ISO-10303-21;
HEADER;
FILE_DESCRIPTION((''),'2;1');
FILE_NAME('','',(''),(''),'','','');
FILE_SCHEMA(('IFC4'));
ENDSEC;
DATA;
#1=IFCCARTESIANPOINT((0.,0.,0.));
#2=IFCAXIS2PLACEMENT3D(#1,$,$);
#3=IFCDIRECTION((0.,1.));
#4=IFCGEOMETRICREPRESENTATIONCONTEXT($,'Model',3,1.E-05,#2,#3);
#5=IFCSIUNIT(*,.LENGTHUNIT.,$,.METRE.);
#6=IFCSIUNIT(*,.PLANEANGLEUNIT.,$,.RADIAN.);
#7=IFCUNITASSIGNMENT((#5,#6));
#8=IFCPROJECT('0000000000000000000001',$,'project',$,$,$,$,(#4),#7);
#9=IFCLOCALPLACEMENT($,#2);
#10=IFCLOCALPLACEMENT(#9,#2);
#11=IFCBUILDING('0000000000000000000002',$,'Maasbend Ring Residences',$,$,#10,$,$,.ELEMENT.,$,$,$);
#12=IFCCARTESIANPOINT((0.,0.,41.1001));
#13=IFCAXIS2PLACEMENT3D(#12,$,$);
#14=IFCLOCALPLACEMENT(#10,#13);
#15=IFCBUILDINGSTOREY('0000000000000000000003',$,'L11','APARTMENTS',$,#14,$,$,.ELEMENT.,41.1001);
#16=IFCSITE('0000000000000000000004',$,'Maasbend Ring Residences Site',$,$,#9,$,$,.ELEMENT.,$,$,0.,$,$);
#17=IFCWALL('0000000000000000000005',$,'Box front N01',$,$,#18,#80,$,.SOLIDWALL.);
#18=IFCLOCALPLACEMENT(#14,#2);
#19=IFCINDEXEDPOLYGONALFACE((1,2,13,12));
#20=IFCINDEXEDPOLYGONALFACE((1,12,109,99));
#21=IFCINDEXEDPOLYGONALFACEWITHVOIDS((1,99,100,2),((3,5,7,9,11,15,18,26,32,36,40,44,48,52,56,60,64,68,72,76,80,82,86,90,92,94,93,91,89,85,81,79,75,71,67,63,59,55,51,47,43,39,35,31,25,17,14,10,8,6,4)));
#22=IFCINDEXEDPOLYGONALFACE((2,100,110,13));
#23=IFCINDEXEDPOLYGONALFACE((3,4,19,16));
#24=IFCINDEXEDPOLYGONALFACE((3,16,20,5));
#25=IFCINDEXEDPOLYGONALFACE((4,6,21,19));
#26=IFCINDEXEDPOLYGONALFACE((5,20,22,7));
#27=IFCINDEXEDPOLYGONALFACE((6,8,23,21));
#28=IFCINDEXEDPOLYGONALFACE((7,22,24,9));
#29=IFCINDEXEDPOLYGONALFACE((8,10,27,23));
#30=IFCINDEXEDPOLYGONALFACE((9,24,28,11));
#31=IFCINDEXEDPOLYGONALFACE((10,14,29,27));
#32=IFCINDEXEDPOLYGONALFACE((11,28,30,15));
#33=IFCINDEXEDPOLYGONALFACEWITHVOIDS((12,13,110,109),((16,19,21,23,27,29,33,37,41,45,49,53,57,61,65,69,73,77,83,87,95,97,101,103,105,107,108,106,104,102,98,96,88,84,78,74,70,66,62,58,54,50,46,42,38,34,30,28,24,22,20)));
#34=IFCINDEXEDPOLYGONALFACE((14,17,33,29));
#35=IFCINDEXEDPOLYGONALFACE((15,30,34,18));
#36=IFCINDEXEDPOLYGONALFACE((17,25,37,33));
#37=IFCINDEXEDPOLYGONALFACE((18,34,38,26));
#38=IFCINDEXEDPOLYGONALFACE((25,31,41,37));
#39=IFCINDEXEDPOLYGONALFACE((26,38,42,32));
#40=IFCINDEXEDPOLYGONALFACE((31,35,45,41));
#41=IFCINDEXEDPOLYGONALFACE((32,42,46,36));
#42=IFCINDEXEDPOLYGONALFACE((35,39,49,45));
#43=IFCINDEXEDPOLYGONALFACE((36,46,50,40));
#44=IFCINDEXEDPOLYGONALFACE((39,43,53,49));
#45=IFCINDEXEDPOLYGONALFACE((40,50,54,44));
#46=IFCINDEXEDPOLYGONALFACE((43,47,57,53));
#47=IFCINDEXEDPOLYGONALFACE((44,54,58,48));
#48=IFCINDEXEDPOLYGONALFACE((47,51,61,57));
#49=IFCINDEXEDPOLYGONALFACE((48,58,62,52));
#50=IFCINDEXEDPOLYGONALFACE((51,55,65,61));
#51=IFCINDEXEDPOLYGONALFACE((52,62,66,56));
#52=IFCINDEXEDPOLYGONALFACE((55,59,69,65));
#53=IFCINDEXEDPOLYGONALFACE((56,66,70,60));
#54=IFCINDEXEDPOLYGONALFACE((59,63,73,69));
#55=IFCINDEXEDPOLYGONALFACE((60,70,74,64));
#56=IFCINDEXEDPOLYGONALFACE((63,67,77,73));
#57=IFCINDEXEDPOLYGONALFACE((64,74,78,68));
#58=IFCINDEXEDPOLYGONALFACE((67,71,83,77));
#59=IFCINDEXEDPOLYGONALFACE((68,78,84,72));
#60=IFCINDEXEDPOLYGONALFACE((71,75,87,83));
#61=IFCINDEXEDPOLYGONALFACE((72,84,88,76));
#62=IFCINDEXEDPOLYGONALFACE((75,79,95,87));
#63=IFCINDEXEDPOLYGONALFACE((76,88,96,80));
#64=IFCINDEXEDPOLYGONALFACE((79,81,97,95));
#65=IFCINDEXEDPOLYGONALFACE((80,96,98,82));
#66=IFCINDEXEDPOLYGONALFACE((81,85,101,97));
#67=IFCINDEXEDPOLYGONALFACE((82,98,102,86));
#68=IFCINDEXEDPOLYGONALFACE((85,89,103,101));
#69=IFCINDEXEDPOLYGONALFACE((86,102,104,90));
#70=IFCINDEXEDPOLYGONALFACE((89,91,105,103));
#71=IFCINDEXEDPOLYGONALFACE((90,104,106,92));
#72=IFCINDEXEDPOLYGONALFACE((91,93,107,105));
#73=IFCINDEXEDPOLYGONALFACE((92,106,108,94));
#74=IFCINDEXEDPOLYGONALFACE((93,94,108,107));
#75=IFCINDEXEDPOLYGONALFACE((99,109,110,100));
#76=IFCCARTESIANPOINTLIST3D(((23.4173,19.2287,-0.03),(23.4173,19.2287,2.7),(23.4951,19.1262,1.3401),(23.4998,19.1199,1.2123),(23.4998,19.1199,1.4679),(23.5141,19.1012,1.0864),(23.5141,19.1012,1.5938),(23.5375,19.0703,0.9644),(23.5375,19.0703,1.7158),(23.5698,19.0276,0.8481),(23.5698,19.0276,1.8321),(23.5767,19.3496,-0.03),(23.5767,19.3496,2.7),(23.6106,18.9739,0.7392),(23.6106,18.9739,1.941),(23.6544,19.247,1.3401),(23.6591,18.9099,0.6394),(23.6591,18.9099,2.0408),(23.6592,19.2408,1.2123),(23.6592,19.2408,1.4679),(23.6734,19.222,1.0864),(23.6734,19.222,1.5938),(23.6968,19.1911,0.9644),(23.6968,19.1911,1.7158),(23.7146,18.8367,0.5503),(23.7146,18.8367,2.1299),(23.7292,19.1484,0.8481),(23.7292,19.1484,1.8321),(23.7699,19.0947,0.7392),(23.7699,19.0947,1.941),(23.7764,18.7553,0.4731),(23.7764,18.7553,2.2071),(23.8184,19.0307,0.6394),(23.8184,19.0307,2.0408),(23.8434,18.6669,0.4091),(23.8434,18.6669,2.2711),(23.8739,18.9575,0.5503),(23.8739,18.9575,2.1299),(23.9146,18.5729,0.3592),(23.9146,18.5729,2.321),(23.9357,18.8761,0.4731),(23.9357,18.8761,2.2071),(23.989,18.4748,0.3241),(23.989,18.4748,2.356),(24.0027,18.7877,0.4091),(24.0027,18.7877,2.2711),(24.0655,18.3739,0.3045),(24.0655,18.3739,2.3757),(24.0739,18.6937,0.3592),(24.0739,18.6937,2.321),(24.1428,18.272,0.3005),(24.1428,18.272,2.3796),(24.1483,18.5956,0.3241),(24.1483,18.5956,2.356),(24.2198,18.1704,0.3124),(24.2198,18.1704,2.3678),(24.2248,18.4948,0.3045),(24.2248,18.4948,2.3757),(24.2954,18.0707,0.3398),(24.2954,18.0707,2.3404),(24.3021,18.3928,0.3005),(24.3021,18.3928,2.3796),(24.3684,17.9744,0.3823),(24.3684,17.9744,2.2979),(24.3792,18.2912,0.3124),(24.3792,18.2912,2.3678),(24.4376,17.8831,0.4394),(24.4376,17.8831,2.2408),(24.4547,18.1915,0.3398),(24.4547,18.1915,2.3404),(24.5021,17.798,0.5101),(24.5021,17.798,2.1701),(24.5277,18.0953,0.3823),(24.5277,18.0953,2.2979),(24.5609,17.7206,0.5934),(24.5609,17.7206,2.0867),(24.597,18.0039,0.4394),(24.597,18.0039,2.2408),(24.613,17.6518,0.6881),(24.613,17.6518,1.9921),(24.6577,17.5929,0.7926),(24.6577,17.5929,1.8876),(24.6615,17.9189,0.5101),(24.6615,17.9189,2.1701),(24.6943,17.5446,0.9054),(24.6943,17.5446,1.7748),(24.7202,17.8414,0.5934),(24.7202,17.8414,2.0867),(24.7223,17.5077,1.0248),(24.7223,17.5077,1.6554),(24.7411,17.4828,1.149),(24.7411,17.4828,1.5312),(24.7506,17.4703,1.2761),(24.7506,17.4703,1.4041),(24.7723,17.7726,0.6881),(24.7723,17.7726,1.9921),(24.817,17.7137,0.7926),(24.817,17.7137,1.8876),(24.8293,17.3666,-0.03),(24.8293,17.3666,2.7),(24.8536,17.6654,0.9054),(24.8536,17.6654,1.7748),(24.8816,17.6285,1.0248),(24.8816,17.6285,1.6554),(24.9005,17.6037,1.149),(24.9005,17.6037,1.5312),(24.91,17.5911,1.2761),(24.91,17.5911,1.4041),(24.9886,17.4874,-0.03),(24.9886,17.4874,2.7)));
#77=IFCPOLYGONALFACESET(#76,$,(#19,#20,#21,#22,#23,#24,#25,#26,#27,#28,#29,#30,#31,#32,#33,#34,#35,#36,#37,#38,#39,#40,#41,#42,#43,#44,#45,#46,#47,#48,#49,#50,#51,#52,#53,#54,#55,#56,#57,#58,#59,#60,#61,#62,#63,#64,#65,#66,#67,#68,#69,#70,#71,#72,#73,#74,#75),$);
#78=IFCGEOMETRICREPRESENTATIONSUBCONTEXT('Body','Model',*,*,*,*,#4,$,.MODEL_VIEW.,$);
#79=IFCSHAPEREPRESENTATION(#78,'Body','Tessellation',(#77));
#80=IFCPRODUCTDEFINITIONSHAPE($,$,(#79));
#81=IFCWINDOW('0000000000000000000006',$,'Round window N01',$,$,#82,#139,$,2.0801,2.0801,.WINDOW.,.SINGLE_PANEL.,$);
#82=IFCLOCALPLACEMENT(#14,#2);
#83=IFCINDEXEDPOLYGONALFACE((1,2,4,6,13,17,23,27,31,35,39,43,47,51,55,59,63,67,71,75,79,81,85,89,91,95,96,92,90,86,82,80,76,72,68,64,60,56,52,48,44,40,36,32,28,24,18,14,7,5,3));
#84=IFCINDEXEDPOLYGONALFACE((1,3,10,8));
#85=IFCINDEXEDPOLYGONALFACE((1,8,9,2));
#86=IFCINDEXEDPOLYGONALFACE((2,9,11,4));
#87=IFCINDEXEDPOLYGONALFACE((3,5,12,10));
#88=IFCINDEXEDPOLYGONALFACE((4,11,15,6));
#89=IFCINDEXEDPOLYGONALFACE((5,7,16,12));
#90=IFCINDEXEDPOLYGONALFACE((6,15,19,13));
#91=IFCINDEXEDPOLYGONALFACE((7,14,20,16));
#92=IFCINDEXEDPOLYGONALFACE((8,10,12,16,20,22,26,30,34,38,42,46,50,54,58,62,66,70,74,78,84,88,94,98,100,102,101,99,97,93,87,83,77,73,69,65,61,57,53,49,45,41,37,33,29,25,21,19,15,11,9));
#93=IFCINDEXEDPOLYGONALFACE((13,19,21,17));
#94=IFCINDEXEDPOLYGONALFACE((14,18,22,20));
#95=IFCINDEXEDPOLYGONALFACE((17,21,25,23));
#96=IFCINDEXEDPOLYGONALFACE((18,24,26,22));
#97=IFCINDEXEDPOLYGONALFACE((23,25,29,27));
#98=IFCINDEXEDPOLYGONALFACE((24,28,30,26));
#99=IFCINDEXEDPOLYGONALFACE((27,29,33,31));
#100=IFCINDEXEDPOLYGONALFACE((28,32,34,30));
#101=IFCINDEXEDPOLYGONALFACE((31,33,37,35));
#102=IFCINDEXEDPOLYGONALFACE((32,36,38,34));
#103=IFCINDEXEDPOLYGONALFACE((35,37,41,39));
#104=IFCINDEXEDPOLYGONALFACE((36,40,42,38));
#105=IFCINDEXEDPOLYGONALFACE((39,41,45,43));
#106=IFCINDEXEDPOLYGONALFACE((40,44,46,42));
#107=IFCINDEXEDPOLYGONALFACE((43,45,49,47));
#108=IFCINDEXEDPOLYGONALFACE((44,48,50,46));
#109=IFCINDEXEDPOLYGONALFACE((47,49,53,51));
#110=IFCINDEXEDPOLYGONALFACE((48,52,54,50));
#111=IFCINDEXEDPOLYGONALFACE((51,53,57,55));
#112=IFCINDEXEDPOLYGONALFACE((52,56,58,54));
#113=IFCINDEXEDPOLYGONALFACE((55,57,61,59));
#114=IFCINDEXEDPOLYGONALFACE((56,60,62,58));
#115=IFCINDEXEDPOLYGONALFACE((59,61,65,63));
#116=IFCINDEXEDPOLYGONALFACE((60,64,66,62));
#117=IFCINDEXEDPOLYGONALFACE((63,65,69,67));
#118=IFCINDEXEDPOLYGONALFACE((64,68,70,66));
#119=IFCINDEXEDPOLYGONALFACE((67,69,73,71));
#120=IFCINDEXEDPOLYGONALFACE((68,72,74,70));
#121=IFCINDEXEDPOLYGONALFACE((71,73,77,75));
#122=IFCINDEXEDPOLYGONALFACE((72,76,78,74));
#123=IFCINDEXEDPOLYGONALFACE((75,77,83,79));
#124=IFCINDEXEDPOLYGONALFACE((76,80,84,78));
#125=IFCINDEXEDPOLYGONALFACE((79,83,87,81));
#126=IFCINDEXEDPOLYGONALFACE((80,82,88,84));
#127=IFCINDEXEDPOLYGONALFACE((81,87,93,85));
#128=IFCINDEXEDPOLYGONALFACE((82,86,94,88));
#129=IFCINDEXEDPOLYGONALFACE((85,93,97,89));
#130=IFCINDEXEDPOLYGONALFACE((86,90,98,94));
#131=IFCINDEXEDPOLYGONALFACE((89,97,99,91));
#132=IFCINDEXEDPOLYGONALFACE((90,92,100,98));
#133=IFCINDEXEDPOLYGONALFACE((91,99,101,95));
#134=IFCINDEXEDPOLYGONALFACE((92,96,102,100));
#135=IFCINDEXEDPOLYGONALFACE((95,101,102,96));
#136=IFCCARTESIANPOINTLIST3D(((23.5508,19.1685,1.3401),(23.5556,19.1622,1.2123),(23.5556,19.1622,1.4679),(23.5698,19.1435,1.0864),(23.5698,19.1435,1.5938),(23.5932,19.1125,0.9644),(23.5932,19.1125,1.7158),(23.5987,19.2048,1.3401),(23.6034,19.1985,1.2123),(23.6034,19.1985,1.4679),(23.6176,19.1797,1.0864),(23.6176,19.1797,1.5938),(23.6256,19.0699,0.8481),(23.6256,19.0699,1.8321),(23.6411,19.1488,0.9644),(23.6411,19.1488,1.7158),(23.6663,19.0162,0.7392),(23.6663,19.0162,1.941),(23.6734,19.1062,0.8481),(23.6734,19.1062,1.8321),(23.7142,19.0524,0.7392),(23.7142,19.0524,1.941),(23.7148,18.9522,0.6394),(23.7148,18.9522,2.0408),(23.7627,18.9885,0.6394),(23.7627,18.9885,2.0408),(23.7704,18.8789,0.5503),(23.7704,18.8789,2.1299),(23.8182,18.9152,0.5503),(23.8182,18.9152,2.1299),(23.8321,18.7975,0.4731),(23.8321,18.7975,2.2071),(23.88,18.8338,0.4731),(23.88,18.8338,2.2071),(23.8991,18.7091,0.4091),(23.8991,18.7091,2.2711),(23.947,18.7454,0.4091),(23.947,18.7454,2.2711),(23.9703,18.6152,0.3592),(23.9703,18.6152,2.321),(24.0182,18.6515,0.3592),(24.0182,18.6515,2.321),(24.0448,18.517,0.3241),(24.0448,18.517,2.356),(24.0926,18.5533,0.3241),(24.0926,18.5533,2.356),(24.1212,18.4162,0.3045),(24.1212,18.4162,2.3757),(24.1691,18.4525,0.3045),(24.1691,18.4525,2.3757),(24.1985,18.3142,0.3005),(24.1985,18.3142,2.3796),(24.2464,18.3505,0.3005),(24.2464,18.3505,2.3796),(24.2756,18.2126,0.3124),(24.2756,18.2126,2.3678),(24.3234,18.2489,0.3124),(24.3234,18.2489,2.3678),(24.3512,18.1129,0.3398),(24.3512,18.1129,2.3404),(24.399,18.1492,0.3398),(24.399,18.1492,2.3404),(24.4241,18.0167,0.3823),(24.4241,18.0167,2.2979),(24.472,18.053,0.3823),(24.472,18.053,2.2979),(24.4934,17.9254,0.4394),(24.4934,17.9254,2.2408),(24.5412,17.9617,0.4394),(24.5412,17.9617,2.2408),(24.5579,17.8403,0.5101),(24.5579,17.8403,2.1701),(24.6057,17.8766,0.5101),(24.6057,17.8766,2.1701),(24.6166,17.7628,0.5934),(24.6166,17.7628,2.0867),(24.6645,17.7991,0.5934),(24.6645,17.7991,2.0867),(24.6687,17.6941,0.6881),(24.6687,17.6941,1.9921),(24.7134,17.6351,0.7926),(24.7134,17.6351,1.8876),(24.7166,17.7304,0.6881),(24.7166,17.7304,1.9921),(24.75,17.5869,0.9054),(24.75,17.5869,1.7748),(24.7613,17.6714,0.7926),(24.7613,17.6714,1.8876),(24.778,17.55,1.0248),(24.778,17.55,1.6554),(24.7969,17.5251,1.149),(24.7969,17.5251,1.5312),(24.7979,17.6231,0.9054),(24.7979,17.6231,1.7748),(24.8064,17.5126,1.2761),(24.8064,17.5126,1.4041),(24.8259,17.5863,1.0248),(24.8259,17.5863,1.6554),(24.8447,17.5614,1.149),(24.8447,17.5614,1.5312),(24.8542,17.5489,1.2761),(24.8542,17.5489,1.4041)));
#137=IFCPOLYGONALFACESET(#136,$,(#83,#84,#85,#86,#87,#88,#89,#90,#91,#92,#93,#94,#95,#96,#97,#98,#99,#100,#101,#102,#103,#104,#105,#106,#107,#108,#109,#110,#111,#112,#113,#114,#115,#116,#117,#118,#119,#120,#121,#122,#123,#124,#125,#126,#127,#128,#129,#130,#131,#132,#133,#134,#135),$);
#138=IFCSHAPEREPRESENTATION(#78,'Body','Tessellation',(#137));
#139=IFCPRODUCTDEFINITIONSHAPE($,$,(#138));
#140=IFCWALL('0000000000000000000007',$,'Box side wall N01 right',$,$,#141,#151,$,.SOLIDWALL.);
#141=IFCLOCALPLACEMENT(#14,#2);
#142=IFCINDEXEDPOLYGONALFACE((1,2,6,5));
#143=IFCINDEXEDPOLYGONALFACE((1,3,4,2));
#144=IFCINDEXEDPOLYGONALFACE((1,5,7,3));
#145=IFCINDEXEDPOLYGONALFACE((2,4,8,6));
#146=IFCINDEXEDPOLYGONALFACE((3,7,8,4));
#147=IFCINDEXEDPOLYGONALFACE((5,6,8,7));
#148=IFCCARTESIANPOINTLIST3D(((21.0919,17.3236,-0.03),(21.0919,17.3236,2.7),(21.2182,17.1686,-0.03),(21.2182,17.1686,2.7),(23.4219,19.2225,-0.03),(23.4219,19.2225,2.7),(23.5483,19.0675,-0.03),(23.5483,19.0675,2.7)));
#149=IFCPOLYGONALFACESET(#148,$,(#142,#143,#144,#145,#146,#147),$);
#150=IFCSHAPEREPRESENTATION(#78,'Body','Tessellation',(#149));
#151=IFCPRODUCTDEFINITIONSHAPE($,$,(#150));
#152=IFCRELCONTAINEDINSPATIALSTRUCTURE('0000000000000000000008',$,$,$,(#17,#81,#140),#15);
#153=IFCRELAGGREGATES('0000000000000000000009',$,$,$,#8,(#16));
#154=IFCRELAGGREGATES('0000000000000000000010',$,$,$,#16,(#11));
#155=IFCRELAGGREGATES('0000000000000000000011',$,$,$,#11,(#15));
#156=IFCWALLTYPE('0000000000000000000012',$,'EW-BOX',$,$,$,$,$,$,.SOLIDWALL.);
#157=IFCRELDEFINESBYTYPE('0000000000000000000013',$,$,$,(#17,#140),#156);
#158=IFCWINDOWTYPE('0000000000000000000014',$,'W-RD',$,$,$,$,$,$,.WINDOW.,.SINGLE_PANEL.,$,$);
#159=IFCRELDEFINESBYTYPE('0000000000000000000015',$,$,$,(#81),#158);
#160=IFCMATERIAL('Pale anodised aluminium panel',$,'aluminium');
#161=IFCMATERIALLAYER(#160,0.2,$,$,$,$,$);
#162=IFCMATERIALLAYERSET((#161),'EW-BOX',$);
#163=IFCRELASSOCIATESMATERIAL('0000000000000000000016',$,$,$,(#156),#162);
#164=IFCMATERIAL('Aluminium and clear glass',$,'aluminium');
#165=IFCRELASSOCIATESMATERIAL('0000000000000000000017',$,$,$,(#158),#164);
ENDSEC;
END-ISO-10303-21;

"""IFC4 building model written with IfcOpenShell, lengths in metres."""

from ifc_helpers import new_model, si_unit, direction, frame, frame_2d, origin, place, context, subcontext, project, spatial, rectangle, circle, extrude, material, layer, layer_set, type_object, element, fill, save


model = new_model("IFC4")

# Units and contexts
model_context = context("Model", 3, precision=1e-05, world=origin(), true_north=direction((0.0, 1.0)))
body_context = subcontext(model_context, "Body", "Model", "MODEL_VIEW")
ifc_project = project(units=[si_unit("LENGTHUNIT", "METRE"), si_unit("PLANEANGLEUNIT", "RADIAN")], contexts=[model_context])

# Site, building, storey
site_placement = place(None, origin())
site = spatial("IfcSite", under=ifc_project, at=site_placement, Name="Maasbend Ring Residences Site", CompositionType="ELEMENT", RefElevation=0.0)
building_placement = place(site_placement, origin())
building = spatial("IfcBuilding", under=site, at=building_placement, Name="Maasbend Ring Residences", CompositionType="ELEMENT")
storey_placement = place(building_placement, frame((0.0, 0.0, 41.1001)))
storey = spatial("IfcBuildingStorey", under=building, at=storey_placement, Name="L11", Description="APARTMENTS", CompositionType="ELEMENT", Elevation=41.1001)

# Wall, opening, window
ifc_material_1 = material(Name="Pale anodised aluminium panel", Category="aluminium")
ifc_layer_1 = layer(ifc_material_1, 0.2)
ifc_layer_set_1 = layer_set([ifc_layer_1], Name="EW-BOX")
wall_type_1 = type_object("IfcWallType", Name="EW-BOX", PredefinedType="SOLIDWALL", material=ifc_layer_set_1)
wall_1_placement = place(storey_placement, frame((24.9089, 17.427, -0.03), z_axis=(0.0, 0.0, 1.0), x_axis=(-0.604188, 0.796842, 0.0)))
wall_1 = element("IfcWall", 1, at=wall_1_placement, inside=storey, type_object=wall_type_1, Name="Box front N01", PredefinedType="SOLIDWALL", context=body_context, shape_type="SweptSolid", body=[
    extrude(rectangle(XDim=2.3369, YDim=0.2, at=frame_2d((1.1685, 0.0))), origin(), (0.0, 0.0, 1.0), 2.73),
])
opening_1_placement = place(wall_1_placement, frame((0.1282, 0.0, 0.3301)))
opening_1 = element("IfcOpeningElement", 2, at=opening_1_placement, cuts=wall_1, PredefinedType="OPENING", context=body_context, shape_type="SweptSolid", body=[
    extrude(circle(Radius=1.04, at=frame_2d((1.04, 1.04))), frame((0.0, 0.1099, 0.0), z_axis=(0.0, -1.0, 0.0), x_axis=(1.0, 0.0, 0.0)), (0.0, 0.0, 1.0), 0.22),
])
ifc_material_2 = material(Name="Aluminium and clear glass", Category="aluminium")
window_type_1 = type_object("IfcWindowType", Name="W-RD", PartitioningType="SINGLE_PANEL", PredefinedType="WINDOW", material=ifc_material_2)
window_1_placement = place(opening_1_placement, origin())
window_1 = element("IfcWindow", 3, at=window_1_placement, inside=storey, type_object=window_type_1, Name="Round window N01", OverallHeight=2.0801, OverallWidth=2.0801, PartitioningType="SINGLE_PANEL", PredefinedType="WINDOW", context=body_context, shape_type="SweptSolid", body=[
    extrude(circle(Radius=1.04, at=frame_2d((1.04, 1.04))), frame((0.0, 0.03, 0.0), z_axis=(0.0, -1.0, 0.0), x_axis=(1.0, 0.0, 0.0)), (0.0, 0.0, 1.0), 0.0601),
])
fill(opening_1, window_1)

# Wall
wall_2_placement = place(storey_placement, frame((21.155, 17.2461, -0.03), z_axis=(0.0, 0.0, 1.0), x_axis=(0.775179, 0.631742, 0.0)))
element("IfcWall", 4, at=wall_2_placement, inside=storey, type_object=wall_type_1, Name="Box side wall N01 right", PredefinedType="SOLIDWALL", context=body_context, shape_type="SweptSolid", body=[
    extrude(rectangle(XDim=3.0059, YDim=0.2, at=frame_2d((1.5029, 0.0))), origin(), (0.0, 0.0, 1.0), 2.73),
])

save(model, "model.ifc")
